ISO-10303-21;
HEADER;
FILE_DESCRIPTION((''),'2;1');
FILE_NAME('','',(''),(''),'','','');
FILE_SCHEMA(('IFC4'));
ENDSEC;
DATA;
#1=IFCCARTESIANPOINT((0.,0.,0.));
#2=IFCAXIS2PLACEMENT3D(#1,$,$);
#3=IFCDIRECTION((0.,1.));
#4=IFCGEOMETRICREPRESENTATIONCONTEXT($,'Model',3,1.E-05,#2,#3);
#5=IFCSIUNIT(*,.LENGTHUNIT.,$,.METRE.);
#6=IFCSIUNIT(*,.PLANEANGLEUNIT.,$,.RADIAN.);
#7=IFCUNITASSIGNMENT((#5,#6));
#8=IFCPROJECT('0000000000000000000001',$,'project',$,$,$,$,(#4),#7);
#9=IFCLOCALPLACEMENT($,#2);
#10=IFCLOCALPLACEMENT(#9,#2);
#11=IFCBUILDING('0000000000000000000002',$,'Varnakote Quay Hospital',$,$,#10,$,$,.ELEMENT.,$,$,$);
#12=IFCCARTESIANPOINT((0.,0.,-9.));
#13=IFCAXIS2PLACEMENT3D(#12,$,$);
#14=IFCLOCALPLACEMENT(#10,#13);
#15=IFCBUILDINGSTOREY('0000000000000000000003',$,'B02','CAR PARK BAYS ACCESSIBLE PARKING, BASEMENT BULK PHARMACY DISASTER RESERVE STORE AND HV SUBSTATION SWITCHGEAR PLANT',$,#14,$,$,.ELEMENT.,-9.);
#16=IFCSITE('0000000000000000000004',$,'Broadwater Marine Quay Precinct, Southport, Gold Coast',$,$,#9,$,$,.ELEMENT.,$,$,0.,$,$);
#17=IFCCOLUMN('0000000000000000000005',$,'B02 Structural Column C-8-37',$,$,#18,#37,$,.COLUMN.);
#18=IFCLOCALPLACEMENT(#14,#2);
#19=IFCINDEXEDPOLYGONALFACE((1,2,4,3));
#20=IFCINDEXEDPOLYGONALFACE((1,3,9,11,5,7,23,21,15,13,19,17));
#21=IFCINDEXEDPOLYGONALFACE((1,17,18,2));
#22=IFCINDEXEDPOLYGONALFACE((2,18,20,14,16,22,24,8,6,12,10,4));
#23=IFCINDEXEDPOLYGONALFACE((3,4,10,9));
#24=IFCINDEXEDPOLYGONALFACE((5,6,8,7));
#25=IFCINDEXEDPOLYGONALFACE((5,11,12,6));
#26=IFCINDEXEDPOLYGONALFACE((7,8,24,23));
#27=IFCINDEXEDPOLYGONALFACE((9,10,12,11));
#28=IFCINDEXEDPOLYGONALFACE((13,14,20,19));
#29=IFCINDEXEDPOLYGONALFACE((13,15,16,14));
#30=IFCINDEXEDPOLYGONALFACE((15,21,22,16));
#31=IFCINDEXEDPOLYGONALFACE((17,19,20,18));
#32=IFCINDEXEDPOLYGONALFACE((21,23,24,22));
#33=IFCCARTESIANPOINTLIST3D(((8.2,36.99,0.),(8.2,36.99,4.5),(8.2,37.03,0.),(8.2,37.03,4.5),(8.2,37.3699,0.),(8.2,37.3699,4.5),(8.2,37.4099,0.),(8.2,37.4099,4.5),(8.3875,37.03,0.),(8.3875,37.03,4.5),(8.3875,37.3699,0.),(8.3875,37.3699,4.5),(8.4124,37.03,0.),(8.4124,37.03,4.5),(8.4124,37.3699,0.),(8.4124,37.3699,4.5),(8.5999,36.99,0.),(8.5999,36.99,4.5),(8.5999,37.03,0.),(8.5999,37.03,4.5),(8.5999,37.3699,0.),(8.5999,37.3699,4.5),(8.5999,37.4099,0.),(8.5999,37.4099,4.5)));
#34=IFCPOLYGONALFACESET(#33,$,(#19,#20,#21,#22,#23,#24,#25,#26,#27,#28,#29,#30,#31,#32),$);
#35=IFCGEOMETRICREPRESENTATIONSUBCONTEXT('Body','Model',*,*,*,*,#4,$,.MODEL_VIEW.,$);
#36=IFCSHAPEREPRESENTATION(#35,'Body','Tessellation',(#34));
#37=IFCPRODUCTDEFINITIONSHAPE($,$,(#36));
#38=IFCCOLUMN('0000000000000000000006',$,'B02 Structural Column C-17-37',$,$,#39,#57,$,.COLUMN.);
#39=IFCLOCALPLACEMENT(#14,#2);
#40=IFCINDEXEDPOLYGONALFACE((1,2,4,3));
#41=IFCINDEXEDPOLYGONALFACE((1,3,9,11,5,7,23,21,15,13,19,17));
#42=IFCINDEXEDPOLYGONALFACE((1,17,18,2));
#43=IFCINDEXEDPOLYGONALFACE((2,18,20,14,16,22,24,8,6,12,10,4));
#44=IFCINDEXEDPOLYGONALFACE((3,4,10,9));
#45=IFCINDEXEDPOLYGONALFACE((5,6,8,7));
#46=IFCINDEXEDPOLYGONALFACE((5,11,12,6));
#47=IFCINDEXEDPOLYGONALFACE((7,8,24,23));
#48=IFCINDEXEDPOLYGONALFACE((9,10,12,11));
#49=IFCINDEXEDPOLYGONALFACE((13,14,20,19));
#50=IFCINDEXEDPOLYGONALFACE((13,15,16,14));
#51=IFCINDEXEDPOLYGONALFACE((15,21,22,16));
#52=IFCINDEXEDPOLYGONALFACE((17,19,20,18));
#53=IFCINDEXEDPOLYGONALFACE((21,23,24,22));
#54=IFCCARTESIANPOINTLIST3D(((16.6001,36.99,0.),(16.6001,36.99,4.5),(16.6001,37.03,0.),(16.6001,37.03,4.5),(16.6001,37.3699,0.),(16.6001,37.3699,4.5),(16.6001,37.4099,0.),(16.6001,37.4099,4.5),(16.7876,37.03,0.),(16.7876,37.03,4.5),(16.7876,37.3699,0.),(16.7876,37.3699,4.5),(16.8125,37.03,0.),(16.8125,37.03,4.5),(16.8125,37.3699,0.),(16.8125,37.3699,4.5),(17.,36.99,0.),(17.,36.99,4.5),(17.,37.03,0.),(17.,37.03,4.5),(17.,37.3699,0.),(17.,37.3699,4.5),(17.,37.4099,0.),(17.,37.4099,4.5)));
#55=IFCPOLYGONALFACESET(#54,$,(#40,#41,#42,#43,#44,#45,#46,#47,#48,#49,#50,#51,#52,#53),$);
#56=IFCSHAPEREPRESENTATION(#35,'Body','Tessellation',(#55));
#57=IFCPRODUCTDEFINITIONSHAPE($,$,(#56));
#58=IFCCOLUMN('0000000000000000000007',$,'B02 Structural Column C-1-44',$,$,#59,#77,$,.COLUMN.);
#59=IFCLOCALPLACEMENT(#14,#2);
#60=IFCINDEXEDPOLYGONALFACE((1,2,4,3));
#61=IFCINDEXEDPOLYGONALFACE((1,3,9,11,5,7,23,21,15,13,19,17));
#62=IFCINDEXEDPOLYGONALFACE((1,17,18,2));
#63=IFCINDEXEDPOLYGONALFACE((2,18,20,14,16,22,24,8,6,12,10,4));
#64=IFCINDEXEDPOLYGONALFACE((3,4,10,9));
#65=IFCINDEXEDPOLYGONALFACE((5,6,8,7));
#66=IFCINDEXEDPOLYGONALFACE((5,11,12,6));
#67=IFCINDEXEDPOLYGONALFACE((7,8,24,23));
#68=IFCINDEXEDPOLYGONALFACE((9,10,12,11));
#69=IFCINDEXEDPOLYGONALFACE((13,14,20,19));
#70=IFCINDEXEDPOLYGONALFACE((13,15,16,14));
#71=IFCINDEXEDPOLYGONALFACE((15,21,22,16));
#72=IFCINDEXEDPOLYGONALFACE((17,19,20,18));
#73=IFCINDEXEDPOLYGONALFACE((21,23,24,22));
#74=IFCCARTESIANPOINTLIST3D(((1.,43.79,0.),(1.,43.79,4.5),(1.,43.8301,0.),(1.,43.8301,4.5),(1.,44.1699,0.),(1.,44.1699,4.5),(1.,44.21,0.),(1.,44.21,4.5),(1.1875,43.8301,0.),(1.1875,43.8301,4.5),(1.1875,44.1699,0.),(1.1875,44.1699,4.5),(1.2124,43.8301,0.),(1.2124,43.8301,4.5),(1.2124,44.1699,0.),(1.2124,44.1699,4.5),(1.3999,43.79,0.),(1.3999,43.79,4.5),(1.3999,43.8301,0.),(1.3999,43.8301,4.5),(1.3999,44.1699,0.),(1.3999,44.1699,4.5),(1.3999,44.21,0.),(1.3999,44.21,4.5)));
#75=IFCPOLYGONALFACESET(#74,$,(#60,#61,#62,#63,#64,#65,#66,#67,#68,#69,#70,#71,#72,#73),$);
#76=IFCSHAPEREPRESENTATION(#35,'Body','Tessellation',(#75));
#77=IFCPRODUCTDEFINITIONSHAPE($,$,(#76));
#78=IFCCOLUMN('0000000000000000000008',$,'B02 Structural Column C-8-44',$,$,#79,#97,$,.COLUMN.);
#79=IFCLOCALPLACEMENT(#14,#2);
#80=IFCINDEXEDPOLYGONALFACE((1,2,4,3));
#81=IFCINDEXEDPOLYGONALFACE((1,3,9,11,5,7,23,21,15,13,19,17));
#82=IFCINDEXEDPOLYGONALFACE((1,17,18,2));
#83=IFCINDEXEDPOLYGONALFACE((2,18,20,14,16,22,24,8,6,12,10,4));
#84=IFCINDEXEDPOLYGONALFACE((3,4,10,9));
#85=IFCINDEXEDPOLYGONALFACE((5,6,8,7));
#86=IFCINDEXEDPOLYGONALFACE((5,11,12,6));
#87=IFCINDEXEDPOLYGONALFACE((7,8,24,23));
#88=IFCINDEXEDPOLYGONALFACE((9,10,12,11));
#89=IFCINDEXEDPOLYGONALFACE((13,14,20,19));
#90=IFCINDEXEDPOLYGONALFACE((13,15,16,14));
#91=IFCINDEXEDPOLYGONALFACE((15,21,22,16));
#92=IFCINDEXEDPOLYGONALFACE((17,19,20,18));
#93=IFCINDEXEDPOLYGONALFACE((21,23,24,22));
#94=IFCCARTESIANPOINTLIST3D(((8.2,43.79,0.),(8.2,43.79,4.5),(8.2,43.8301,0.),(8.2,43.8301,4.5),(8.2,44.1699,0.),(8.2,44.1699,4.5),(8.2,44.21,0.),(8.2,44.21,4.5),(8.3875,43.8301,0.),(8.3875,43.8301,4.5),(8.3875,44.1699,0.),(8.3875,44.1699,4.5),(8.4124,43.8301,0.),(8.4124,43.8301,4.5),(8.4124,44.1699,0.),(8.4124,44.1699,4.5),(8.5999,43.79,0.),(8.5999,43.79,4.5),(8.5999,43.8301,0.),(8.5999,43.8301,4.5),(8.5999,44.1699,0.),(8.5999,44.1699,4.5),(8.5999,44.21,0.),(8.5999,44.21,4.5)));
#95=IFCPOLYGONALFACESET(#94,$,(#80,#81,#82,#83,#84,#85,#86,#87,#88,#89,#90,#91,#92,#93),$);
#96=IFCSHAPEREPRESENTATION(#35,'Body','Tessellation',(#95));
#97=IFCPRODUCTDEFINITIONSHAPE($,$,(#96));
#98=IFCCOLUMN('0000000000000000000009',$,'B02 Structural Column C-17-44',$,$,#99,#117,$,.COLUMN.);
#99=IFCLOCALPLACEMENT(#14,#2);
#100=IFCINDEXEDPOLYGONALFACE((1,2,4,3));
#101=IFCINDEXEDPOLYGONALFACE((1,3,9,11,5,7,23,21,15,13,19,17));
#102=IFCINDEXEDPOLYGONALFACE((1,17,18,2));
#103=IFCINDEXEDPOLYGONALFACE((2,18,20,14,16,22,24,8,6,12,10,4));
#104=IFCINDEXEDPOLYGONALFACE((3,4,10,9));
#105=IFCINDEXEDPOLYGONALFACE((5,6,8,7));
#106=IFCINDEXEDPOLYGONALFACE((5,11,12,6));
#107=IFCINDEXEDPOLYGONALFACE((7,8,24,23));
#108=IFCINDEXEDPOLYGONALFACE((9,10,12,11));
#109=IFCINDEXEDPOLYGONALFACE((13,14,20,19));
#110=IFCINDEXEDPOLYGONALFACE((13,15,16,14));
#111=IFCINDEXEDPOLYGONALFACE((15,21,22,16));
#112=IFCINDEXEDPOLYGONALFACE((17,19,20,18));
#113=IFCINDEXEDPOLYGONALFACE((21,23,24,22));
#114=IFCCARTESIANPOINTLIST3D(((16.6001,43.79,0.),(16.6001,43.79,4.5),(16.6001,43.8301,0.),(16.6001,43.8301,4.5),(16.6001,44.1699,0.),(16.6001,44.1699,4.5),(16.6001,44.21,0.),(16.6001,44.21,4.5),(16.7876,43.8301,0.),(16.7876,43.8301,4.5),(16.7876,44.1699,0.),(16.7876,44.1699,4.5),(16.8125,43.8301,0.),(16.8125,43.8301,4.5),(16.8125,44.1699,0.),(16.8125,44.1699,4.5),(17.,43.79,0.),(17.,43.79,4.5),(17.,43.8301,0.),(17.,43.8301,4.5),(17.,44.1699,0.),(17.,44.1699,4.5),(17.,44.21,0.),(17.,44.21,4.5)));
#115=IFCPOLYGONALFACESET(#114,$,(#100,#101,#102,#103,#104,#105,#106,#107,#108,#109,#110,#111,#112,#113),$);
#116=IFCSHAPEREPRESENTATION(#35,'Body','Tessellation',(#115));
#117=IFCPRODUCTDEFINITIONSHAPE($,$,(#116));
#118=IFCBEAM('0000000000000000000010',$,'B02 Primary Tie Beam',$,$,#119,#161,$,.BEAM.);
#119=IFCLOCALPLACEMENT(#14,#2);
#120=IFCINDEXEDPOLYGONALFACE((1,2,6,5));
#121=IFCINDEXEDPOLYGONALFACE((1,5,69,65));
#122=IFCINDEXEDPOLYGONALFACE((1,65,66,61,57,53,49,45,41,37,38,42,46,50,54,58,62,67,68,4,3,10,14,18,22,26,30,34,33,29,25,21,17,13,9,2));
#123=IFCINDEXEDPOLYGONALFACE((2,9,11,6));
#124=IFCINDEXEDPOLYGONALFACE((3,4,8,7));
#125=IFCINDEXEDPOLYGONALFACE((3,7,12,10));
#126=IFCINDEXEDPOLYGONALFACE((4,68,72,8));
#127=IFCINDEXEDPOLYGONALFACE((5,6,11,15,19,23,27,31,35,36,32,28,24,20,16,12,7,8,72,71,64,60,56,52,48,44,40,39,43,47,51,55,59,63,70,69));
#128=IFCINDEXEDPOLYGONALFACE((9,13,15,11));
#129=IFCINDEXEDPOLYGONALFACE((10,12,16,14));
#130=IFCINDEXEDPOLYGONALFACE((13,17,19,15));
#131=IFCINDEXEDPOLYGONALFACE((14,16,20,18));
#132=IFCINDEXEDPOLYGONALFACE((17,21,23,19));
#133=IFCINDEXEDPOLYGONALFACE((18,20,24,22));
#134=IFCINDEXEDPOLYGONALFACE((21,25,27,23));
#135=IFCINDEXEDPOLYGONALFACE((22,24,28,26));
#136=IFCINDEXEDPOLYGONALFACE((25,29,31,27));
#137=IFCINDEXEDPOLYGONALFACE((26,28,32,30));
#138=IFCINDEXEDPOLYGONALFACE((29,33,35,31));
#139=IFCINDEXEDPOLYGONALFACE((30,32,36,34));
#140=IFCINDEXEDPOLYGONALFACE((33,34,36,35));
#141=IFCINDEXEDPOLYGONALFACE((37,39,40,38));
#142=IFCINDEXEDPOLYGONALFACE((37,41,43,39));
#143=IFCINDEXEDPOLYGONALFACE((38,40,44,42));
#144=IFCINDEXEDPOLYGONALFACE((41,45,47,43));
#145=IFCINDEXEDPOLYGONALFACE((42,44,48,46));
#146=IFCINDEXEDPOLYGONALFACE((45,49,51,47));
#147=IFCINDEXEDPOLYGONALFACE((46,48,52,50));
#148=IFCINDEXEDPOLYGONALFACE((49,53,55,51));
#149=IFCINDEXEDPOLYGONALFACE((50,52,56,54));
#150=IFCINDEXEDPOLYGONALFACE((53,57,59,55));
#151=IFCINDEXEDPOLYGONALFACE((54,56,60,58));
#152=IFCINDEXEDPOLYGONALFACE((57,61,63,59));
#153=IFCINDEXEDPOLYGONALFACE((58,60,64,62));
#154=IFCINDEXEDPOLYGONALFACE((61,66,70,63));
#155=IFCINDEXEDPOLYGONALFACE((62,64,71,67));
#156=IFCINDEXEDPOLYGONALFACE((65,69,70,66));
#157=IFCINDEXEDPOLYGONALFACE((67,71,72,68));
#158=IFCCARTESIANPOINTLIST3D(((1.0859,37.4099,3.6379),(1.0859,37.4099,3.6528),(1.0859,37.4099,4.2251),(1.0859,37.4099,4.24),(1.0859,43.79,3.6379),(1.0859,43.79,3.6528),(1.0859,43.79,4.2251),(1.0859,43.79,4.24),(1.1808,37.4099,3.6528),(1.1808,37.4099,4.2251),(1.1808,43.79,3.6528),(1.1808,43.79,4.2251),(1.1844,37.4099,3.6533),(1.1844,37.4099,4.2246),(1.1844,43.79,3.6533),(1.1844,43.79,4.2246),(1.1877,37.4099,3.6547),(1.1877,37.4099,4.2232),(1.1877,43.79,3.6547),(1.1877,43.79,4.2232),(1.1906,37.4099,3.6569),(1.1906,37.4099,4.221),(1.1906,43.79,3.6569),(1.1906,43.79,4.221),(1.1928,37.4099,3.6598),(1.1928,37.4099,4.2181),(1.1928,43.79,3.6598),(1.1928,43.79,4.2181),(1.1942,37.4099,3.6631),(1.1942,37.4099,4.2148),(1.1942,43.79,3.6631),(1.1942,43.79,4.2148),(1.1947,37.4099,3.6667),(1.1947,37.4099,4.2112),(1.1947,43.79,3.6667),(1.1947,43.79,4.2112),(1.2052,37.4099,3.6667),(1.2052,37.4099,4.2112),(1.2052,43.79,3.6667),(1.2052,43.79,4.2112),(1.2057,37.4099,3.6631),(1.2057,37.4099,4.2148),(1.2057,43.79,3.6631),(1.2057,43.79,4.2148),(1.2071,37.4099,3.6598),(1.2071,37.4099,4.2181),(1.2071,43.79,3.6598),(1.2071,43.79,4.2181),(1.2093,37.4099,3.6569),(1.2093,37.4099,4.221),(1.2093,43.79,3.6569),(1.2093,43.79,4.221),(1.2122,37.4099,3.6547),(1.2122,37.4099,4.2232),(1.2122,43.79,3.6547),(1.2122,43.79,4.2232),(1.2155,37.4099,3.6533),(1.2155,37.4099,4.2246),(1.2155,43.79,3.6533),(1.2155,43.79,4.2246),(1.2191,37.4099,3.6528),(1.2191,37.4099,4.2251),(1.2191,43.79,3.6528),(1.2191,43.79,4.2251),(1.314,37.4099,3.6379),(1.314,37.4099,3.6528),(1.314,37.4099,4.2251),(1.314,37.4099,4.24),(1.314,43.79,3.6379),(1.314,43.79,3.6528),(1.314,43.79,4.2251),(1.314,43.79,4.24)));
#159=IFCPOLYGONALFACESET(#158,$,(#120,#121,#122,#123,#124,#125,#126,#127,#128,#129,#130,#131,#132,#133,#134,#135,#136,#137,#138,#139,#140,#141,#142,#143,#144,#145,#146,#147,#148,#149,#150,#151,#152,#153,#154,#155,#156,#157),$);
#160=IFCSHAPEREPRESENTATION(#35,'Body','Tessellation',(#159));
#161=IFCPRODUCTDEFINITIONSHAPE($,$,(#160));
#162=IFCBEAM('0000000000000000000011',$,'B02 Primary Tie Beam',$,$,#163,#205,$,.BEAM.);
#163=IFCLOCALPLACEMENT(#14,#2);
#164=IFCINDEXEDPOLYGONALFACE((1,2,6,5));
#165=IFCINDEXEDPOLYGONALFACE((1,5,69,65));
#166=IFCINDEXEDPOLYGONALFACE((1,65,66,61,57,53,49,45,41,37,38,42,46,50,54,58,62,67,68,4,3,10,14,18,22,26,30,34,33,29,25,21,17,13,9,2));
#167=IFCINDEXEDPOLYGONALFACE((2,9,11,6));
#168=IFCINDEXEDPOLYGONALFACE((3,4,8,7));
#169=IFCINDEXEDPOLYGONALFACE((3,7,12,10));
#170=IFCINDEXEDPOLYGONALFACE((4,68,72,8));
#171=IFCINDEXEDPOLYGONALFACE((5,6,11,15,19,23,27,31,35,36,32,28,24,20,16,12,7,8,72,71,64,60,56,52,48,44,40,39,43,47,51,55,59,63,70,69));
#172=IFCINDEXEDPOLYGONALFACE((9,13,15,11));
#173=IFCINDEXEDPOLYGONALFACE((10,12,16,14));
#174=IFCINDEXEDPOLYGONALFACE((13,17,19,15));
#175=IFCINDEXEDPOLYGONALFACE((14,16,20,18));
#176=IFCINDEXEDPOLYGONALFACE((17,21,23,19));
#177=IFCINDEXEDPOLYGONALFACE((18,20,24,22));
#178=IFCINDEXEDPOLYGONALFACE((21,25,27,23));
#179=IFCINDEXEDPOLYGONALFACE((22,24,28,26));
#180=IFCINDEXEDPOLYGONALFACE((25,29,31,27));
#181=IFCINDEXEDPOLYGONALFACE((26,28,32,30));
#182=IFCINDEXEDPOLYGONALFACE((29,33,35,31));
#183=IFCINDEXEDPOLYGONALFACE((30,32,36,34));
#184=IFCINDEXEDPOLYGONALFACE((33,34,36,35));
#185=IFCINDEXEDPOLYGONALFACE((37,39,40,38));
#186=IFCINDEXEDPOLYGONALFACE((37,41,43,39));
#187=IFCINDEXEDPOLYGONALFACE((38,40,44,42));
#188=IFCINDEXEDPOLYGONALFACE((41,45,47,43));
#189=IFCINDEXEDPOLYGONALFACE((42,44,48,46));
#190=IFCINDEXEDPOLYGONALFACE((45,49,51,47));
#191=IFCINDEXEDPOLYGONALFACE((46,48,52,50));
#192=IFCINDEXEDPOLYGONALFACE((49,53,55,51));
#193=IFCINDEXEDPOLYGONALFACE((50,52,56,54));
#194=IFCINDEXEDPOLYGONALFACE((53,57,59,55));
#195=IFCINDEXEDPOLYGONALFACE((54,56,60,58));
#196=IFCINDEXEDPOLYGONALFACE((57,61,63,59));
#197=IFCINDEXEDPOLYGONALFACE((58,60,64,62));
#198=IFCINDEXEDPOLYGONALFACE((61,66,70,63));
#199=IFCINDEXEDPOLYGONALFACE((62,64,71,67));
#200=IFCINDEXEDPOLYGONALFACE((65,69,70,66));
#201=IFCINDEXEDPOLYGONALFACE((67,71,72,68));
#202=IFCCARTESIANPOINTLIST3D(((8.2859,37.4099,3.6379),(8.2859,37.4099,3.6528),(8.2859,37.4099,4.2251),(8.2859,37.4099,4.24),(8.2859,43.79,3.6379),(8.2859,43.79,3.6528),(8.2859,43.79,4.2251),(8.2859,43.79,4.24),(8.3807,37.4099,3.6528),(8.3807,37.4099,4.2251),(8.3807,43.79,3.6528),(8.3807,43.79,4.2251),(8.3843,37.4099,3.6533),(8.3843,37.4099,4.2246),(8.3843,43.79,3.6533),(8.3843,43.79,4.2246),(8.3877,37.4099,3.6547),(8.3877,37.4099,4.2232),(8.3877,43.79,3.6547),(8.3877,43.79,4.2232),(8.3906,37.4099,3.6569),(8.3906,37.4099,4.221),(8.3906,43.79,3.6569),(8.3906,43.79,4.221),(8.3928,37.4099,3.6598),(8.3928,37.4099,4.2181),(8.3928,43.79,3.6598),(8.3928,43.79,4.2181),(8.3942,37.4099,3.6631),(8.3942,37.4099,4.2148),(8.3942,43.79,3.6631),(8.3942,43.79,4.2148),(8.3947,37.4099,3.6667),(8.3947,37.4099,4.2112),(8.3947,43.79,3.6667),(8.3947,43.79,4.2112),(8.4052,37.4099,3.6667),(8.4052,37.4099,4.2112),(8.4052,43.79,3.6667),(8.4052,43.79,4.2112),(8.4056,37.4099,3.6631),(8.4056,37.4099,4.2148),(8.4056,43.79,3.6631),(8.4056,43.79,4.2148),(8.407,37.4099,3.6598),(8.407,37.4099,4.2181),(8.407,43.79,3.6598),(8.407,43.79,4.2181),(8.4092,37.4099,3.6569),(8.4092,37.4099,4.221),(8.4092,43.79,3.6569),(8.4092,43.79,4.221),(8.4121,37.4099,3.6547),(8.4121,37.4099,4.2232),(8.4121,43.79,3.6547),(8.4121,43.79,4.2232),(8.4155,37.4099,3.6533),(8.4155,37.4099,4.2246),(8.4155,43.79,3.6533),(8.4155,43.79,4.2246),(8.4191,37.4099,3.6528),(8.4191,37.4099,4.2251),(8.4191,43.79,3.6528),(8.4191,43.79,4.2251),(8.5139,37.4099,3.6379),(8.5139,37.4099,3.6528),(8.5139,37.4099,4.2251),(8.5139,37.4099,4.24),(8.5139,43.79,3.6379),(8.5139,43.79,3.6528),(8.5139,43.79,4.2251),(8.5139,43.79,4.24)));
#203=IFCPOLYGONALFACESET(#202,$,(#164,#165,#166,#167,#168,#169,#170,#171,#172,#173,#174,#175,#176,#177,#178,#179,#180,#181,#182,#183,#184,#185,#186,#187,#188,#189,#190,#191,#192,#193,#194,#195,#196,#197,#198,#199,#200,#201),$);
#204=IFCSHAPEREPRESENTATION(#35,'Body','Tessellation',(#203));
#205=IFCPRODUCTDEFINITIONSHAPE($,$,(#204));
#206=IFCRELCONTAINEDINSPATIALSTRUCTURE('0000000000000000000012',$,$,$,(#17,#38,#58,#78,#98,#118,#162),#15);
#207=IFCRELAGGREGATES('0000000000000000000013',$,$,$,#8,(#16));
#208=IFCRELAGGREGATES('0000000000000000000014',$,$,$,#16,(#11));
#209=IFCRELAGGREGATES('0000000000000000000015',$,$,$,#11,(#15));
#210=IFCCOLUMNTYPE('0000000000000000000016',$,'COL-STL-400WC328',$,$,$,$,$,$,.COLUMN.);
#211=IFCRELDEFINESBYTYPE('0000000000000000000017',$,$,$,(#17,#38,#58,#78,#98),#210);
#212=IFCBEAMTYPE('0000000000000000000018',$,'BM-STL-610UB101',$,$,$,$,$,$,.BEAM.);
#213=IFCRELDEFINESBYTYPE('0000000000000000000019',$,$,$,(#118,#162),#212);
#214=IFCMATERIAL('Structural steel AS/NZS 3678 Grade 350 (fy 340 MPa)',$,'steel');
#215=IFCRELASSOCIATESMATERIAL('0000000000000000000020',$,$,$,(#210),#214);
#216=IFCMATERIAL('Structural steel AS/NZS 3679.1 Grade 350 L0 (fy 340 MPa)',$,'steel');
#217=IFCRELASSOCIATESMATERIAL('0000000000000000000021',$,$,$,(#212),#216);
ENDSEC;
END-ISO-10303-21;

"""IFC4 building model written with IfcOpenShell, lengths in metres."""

from ifc_helpers import new_model, si_unit, direction, frame, origin, origin_2d, place, context, subcontext, project, spatial, i_section, extrude, material, material_profile, profile_set, type_object, element, save


model = new_model("IFC4")

# Units and contexts
model_context = context("Model", 3, precision=1e-05, world=origin(), true_north=direction((0.0, 1.0)))
body_context = subcontext(model_context, "Body", "Model", "MODEL_VIEW")
ifc_project = project(units=[si_unit("LENGTHUNIT", "METRE"), si_unit("PLANEANGLEUNIT", "RADIAN")], contexts=[model_context])

# Site, building, storey
site_placement = place(None, origin())
site = spatial("IfcSite", under=ifc_project, at=site_placement, Name="Broadwater Marine Quay Precinct, Southport, Gold Coast", CompositionType="ELEMENT", RefElevation=0.0)
building_placement = place(site_placement, origin())
building = spatial("IfcBuilding", under=site, at=building_placement, Name="Varnakote Quay Hospital", CompositionType="ELEMENT")
storey_placement = place(building_placement, frame((0.0, 0.0, -9.0)))
storey = spatial("IfcBuildingStorey", under=building, at=storey_placement, Name="B02", Description="CAR PARK BAYS ACCESSIBLE PARKING, BASEMENT BULK PHARMACY DISASTER RESERVE STORE AND HV SUBSTATION SWITCHGEAR PLANT", CompositionType="ELEMENT", Elevation=-9.0)

# Columns
ifc_material_1 = material(Name="Structural steel AS/NZS 3678 Grade 350 (fy 340 MPa)", Category="steel")
ifc_material_profile_1 = material_profile(ifc_material_1, i_section(OverallWidth=0.3999, OverallDepth=0.4199, WebThickness=0.0249, FlangeThickness=0.04, at=origin_2d()), Name="400WC328")
ifc_profile_set_1 = profile_set([ifc_material_profile_1], Name="Structural steel AS/NZS 3678 Grade 350 (fy 340 MPa)")
column_type = type_object("IfcColumnType", Name="COL-STL-400WC328", PredefinedType="COLUMN", material=ifc_profile_set_1)
for number, where, z_axis, x_axis, name in (
    (1, (8.3999, 37.2, 0.0), (0.0, 0.0, 1.0), (1.0, 0.0, 0.0), "B02 Structural Column C-8-37"),
    (2, (16.8, 37.2, 0.0), (0.0, 0.0, 1.0), (1.0, 0.0, 0.0), "B02 Structural Column C-17-37"),
    (3, (1.2, 44.0, 0.0), (0.0, 0.0, 1.0), (1.0, 0.0, 0.0), "B02 Structural Column C-1-44"),
    (4, (8.3999, 44.0, 0.0), (0.0, 0.0, 1.0), (1.0, 0.0, 0.0), "B02 Structural Column C-8-44"),
    (5, (16.8, 44.0, 0.0), (0.0, 0.0, 1.0), (1.0, 0.0, 0.0), "B02 Structural Column C-17-44"),
):
    element("IfcColumn", number, at=place(storey_placement, frame(where, z_axis=z_axis, x_axis=x_axis)), inside=storey, type_object=column_type, Name=name, PredefinedType="COLUMN", context=body_context, shape_type="SweptSolid", body=[
        extrude(i_section(OverallWidth=0.3999, OverallDepth=0.4199, WebThickness=0.0249, FlangeThickness=0.04, at=origin_2d()), origin(), (0.0, 0.0, 1.0), 4.5),
    ])

# Beams
ifc_material_2 = material(Name="Structural steel AS/NZS 3679.1 Grade 350 L0 (fy 340 MPa)", Category="steel")
ifc_material_profile_2 = material_profile(ifc_material_2, i_section(OverallWidth=0.228, OverallDepth=0.6021, WebThickness=0.0105, FlangeThickness=0.0149, FilletRadius=0.0139, at=origin_2d()), Name="610UB101")
ifc_profile_set_2 = profile_set([ifc_material_profile_2], Name="Structural steel AS/NZS 3679.1 Grade 350 L0 (fy 340 MPa)")
beam_type_1 = type_object("IfcBeamType", Name="BM-STL-610UB101", PredefinedType="BEAM", material=ifc_profile_set_2)
for number, where, z_axis, x_axis, name in (
    (6, (1.2, 37.4099, 3.939), (0.0, 1.0, 0.0), (-1.0, 0.0, 0.0), "B02 Primary Tie Beam"),
    (7, (8.3999, 37.4099, 3.939), (0.0, 1.0, 0.0), (-1.0, 0.0, 0.0), "B02 Primary Tie Beam"),
):
    element("IfcBeam", number, at=place(storey_placement, frame(where, z_axis=z_axis, x_axis=x_axis)), inside=storey, type_object=beam_type_1, Name=name, PredefinedType="BEAM", context=body_context, shape_type="SweptSolid", body=[
        extrude(i_section(OverallWidth=0.228, OverallDepth=0.6021, WebThickness=0.0105, FlangeThickness=0.0149, FilletRadius=0.0139, at=origin_2d()), origin(), (0.0, 0.0, 1.0), 6.3801),
    ])

save(model, "model.ifc")
